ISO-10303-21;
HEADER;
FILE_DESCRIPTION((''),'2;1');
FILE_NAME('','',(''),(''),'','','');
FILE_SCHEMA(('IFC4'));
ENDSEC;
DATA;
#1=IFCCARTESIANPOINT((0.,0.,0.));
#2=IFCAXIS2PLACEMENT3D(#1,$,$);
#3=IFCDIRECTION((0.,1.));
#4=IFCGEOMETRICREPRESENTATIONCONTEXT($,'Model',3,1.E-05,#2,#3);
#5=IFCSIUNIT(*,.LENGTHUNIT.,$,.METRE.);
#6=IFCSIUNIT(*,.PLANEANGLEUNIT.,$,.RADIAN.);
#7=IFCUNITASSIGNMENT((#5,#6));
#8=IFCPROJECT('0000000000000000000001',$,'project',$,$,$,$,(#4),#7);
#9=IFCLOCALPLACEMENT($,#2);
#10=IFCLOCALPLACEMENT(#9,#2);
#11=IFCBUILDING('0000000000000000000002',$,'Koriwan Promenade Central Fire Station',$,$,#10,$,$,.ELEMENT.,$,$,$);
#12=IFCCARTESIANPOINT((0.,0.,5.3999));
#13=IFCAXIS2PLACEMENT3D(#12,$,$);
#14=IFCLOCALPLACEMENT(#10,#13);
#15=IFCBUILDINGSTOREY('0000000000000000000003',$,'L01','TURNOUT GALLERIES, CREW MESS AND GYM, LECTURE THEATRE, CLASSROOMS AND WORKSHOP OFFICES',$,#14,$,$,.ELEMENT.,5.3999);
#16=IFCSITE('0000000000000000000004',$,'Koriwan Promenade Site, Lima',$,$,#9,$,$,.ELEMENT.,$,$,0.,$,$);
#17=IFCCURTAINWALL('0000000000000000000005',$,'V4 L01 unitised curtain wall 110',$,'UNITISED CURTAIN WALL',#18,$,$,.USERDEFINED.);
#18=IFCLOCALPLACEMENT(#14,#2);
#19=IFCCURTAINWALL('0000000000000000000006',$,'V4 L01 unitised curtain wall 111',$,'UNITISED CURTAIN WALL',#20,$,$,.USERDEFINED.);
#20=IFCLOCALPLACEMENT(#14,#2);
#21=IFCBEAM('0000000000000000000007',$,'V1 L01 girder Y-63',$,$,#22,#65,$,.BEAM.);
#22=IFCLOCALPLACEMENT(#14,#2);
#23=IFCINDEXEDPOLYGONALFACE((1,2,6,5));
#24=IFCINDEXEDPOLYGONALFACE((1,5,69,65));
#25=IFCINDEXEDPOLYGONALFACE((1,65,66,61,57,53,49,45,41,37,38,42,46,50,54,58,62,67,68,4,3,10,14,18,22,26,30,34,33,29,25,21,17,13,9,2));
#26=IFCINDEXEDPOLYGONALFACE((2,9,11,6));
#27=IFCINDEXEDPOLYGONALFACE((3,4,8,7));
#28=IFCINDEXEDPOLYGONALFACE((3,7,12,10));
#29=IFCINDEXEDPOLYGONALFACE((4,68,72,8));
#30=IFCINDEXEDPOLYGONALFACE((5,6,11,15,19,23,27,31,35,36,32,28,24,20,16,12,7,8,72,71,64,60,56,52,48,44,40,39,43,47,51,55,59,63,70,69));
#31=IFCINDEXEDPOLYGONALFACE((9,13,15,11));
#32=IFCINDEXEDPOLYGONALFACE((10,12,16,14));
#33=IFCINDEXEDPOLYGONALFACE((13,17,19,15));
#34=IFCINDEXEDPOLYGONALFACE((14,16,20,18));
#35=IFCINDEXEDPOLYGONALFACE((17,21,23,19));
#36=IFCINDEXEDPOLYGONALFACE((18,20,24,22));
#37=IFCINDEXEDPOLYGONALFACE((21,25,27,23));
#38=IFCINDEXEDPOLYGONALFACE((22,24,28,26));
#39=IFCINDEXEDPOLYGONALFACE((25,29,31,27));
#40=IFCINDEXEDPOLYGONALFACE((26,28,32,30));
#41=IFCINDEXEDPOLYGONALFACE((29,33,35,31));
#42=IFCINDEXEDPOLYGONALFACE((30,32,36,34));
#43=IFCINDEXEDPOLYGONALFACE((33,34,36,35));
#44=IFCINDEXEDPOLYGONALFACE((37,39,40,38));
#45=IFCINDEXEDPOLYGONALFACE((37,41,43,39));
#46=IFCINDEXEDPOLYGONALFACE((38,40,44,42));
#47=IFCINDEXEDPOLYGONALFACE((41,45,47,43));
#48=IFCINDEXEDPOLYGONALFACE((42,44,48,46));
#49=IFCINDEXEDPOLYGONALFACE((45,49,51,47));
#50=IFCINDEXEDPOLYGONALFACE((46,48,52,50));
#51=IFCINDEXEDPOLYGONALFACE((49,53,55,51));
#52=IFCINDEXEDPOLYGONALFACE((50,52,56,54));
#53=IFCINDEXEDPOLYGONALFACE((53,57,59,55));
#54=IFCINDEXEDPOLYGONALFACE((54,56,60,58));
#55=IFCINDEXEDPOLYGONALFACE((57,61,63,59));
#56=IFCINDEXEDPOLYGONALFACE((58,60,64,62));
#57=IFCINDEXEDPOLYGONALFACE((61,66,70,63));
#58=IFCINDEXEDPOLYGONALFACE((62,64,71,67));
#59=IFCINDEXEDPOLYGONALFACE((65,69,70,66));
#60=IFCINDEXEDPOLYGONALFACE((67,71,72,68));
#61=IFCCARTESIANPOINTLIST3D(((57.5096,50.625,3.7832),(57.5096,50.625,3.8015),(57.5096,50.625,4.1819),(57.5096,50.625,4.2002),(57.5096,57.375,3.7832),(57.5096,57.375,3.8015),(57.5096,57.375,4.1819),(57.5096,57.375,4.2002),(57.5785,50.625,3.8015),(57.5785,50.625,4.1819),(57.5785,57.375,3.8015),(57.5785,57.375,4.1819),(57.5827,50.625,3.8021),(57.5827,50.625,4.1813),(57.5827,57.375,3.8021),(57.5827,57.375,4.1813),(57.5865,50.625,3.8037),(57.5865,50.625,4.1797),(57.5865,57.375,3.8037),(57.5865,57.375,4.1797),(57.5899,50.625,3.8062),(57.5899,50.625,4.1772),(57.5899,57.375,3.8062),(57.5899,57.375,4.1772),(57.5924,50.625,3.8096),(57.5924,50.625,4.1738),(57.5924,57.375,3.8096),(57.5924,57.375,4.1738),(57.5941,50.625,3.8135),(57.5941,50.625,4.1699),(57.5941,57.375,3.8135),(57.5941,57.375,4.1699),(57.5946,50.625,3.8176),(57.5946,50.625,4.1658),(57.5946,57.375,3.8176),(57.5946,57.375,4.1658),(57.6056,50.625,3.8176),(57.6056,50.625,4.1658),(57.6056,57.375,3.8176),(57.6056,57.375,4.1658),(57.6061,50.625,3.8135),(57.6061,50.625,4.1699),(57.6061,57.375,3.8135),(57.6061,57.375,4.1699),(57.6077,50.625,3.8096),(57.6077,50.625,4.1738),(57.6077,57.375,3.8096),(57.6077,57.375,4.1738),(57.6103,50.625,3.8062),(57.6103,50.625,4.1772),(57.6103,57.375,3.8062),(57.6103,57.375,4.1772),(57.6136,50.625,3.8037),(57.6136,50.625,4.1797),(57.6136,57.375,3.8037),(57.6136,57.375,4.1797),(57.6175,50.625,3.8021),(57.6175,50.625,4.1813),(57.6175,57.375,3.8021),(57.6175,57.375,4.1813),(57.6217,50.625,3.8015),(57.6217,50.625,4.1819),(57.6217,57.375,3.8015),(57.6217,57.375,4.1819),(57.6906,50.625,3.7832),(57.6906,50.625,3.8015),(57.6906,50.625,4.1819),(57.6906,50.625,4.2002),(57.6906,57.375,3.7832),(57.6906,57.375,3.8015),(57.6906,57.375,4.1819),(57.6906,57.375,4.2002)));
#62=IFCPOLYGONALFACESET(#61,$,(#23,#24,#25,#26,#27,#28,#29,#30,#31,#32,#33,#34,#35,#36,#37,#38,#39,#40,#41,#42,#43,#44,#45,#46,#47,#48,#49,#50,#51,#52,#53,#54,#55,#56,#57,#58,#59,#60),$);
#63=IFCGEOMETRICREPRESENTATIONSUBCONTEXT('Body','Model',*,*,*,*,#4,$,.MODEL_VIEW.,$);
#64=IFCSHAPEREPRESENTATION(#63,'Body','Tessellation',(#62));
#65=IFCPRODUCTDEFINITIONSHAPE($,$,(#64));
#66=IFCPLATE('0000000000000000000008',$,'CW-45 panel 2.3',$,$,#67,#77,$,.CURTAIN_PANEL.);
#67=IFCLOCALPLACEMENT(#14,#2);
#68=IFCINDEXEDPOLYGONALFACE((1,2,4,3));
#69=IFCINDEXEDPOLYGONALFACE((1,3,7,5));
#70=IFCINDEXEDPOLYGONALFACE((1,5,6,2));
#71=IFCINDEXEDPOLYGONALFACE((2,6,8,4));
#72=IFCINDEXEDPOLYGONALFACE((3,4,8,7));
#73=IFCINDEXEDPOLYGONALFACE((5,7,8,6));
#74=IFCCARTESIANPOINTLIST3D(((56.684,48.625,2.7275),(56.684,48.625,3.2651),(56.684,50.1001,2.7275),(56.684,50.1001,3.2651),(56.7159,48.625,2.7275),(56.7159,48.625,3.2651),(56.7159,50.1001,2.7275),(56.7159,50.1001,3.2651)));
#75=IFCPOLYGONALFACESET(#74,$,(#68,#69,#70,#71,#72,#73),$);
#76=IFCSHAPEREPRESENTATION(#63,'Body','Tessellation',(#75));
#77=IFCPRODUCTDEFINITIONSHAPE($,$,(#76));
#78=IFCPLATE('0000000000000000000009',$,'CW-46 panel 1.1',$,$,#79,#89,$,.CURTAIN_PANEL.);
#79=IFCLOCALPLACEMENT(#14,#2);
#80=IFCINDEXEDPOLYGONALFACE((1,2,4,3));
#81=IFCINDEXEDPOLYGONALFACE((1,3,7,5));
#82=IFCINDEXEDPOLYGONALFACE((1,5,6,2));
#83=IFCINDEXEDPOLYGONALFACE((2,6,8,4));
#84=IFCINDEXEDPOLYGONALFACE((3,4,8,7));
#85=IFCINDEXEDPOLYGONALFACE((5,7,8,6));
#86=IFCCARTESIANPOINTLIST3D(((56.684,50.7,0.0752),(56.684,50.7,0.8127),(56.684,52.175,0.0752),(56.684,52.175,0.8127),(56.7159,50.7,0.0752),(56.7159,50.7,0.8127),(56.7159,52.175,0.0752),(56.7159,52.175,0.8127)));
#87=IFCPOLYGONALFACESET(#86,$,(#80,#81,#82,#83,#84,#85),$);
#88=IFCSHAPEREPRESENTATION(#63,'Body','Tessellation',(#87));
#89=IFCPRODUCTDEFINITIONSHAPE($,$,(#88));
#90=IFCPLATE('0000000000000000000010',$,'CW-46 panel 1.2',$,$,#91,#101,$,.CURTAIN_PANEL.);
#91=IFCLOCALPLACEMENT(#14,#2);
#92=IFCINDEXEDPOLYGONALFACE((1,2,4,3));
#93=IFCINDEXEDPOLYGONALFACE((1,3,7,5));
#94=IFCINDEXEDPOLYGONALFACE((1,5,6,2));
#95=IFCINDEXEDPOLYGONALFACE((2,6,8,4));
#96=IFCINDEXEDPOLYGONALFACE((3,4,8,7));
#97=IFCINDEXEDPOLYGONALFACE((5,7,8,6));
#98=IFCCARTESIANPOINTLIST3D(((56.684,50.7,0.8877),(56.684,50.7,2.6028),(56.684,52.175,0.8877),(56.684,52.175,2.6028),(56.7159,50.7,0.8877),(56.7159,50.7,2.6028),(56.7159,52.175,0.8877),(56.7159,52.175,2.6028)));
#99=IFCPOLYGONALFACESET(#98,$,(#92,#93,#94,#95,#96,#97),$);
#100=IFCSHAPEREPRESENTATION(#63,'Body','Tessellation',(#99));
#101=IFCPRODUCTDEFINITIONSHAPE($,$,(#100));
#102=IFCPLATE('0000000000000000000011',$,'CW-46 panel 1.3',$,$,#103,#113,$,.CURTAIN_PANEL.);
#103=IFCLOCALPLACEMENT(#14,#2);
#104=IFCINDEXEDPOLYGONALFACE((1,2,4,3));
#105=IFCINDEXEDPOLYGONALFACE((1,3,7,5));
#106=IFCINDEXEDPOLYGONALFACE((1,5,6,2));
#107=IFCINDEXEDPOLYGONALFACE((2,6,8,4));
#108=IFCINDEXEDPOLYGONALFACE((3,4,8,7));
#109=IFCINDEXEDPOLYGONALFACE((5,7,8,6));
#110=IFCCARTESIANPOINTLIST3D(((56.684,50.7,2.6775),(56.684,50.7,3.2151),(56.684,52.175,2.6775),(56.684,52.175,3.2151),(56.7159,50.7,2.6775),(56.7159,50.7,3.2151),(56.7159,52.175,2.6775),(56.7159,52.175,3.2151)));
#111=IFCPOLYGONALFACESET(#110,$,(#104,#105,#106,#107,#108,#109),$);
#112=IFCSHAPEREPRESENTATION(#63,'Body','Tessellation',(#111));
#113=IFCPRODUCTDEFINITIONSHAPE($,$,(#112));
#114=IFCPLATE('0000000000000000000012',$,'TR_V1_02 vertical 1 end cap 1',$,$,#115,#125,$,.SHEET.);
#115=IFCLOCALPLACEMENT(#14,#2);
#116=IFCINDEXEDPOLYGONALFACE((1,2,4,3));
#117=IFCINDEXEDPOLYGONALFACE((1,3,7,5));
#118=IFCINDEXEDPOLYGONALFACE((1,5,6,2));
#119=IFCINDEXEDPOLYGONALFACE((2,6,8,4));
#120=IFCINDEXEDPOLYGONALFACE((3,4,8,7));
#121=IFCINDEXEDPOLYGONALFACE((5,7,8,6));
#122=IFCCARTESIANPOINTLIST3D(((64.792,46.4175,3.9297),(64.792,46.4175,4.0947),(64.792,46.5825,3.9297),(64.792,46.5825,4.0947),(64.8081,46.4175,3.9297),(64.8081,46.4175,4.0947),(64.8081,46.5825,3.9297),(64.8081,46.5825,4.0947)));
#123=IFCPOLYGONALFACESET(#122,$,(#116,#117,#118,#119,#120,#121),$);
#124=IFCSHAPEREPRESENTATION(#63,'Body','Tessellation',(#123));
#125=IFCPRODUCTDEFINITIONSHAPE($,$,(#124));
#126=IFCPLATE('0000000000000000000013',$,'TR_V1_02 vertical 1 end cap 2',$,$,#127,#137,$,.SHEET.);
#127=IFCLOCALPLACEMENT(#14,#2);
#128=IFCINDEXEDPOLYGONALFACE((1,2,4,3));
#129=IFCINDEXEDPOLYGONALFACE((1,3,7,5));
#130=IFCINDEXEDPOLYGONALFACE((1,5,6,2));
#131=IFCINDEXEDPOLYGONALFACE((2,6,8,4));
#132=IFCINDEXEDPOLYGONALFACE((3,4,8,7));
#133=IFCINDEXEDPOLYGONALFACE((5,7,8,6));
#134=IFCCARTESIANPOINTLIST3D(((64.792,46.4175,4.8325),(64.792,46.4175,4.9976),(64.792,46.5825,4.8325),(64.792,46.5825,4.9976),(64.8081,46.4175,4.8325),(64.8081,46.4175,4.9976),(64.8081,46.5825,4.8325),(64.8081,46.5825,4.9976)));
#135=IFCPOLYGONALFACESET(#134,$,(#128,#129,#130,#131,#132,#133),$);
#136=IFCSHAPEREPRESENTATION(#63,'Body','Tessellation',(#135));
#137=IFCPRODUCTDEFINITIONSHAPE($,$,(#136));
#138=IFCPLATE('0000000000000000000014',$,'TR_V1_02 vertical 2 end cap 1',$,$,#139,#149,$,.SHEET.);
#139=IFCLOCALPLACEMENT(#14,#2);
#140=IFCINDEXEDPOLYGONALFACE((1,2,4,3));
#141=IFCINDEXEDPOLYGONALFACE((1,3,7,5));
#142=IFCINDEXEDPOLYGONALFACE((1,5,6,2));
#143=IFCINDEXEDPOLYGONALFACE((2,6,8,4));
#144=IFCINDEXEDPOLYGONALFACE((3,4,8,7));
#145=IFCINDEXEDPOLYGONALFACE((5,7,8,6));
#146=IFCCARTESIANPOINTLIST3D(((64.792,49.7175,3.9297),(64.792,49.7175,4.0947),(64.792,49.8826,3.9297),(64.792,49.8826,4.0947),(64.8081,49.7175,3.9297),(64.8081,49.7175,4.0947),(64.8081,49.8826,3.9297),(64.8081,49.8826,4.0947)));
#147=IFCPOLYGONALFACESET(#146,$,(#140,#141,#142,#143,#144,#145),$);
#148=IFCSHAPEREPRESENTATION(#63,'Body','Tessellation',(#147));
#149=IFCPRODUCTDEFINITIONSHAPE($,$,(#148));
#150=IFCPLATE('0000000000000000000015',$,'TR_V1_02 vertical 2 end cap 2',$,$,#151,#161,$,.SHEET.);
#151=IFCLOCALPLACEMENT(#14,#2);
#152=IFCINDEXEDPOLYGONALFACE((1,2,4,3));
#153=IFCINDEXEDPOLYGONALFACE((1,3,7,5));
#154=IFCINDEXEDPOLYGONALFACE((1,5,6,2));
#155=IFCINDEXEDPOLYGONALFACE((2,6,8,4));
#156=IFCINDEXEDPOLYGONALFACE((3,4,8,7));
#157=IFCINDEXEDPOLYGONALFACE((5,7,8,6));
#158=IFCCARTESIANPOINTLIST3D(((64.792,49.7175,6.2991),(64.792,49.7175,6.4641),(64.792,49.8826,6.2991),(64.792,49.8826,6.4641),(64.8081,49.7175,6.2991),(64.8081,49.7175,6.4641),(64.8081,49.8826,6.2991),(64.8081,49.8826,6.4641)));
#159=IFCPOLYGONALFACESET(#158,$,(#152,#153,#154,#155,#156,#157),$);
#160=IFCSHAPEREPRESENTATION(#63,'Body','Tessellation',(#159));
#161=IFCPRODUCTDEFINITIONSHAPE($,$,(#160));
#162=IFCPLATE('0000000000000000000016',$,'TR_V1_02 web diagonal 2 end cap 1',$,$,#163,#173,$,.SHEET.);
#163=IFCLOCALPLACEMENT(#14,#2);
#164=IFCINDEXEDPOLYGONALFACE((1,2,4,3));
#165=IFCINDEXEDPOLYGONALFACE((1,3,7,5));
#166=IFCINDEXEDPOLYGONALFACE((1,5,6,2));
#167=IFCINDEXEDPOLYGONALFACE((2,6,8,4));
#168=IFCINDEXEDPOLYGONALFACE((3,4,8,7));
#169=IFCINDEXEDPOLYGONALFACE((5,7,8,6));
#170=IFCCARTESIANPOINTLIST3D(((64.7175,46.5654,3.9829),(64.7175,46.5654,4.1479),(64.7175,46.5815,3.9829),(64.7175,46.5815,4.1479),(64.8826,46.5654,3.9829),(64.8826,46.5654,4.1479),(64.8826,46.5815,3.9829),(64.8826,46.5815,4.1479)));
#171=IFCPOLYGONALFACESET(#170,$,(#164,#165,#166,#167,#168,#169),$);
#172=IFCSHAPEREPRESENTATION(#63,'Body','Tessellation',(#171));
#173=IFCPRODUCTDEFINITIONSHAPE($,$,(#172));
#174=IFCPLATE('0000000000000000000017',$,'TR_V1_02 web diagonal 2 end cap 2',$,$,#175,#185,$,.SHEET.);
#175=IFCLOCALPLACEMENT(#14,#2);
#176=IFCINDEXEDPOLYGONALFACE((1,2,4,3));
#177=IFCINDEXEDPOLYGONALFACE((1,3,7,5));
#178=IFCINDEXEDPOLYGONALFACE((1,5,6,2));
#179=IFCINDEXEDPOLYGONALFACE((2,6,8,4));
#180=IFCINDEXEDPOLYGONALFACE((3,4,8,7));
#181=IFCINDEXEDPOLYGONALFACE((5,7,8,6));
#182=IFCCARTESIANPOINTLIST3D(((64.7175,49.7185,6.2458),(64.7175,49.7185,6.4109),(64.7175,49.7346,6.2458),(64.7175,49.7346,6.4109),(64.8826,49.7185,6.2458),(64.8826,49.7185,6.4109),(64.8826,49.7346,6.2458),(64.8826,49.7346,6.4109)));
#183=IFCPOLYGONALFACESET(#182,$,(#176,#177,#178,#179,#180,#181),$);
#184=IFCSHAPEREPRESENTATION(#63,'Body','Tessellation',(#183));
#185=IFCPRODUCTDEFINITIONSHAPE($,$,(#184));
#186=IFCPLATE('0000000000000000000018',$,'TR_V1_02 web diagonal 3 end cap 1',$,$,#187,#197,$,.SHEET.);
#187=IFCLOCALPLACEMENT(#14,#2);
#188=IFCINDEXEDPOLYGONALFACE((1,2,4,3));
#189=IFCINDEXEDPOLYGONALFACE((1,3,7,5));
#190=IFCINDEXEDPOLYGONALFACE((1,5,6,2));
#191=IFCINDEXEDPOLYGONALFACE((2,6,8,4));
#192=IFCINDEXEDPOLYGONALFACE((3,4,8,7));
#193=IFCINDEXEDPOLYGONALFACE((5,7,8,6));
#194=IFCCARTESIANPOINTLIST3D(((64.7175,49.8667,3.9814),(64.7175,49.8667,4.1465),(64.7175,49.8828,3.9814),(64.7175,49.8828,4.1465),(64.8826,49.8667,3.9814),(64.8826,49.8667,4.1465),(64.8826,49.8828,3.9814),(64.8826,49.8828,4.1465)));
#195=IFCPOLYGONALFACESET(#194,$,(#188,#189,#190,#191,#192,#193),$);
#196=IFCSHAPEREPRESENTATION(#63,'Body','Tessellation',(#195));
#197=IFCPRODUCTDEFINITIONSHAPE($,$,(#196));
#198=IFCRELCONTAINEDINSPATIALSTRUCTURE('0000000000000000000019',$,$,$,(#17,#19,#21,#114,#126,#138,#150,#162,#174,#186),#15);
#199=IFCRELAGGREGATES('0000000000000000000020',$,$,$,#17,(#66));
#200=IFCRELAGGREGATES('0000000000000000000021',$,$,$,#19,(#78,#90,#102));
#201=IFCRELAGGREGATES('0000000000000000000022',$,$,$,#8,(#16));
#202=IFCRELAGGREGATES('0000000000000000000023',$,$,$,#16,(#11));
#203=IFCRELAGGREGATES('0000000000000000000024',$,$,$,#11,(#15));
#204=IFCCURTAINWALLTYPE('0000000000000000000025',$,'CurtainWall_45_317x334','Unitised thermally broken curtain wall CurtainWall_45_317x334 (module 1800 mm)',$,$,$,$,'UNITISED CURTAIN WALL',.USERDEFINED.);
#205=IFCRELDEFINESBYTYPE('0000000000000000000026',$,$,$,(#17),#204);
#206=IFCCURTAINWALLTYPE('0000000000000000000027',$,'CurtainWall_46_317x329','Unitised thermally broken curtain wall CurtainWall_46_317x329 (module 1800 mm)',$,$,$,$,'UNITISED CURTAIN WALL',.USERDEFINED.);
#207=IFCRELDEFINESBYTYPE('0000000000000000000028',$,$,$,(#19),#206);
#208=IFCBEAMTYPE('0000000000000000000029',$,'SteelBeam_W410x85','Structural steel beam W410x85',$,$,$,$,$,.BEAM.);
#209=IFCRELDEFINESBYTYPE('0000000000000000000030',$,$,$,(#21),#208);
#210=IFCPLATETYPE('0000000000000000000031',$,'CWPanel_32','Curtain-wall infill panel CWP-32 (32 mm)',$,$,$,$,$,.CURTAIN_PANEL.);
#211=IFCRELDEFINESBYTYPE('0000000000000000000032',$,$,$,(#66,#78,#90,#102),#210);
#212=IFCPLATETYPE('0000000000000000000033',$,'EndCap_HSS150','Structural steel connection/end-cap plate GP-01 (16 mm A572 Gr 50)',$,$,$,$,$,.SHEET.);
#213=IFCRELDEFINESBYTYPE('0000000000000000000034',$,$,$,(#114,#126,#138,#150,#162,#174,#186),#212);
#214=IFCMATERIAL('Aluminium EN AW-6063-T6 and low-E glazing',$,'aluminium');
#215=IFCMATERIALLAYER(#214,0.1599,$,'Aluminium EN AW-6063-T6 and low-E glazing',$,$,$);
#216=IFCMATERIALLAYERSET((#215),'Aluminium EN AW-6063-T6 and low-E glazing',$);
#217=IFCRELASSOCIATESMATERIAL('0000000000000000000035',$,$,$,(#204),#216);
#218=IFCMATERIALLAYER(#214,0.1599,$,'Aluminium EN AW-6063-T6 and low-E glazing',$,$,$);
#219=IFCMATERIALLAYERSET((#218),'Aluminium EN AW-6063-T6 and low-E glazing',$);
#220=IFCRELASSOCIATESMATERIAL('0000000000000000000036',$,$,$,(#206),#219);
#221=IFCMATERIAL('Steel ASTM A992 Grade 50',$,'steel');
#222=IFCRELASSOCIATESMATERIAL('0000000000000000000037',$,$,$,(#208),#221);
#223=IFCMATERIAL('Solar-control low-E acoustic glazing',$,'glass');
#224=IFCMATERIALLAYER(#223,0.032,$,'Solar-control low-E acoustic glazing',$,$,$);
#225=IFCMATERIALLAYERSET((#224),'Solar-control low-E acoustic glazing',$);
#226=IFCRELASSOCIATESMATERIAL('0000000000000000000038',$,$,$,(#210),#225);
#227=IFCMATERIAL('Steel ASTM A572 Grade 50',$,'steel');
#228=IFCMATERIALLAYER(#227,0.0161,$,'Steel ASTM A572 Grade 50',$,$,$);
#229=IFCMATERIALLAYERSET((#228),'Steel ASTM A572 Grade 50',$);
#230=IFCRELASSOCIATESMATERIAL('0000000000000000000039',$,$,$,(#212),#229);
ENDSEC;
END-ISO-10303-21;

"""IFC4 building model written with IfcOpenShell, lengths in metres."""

from ifc_helpers import new_model, si_unit, direction, frame, origin, origin_2d, place, context, subcontext, project, spatial, rectangle, i_section, extrude, material, layer, layer_set, material_profile, profile_set, type_object, element, aggregate, save


model = new_model("IFC4")

# Units and contexts
model_context = context("Model", 3, precision=1e-05, world=origin(), true_north=direction((0.0, 1.0)))
body_context = subcontext(model_context, "Body", "Model", "MODEL_VIEW")
ifc_project = project(units=[si_unit("LENGTHUNIT", "METRE"), si_unit("PLANEANGLEUNIT", "RADIAN")], contexts=[model_context])

# Site, building, storey
site_placement = place(None, origin())
site = spatial("IfcSite", under=ifc_project, at=site_placement, Name="Koriwan Promenade Site, Lima", CompositionType="ELEMENT", RefElevation=0.0)
building_placement = place(site_placement, origin())
building = spatial("IfcBuilding", under=site, at=building_placement, Name="Koriwan Promenade Central Fire Station", CompositionType="ELEMENT")
storey_placement = place(building_placement, frame((0.0, 0.0, 5.3999)))
storey = spatial("IfcBuildingStorey", under=building, at=storey_placement, Name="L01", Description="TURNOUT GALLERIES, CREW MESS AND GYM, LECTURE THEATRE, CLASSROOMS AND WORKSHOP OFFICES", CompositionType="ELEMENT", Elevation=5.3999)

# Curtain wall
ifc_material_1 = material(Name="Aluminium EN AW-6063-T6 and low-E glazing", Category="aluminium")
ifc_layer_1 = layer(ifc_material_1, 0.1599, Name="Aluminium EN AW-6063-T6 and low-E glazing")
ifc_layer_set_1 = layer_set([ifc_layer_1], Name="Aluminium EN AW-6063-T6 and low-E glazing")
curtain_wall_type_1 = type_object("IfcCurtainWallType", Name="CurtainWall_45_317x334", Description="Unitised thermally broken curtain wall CurtainWall_45_317x334 (module 1800 mm)", ElementType="UNITISED CURTAIN WALL", PredefinedType="USERDEFINED", material=ifc_layer_set_1)
curtain_wall_1_placement = place(storey_placement, origin())
curtain_wall_1 = element("IfcCurtainWall", 1, at=curtain_wall_1_placement, inside=storey, type_object=curtain_wall_type_1, Name="V4 L01 unitised curtain wall 110", ObjectType="UNITISED CURTAIN WALL", PredefinedType="USERDEFINED")

# Curtain wall
ifc_layer_2 = layer(ifc_material_1, 0.1599, Name="Aluminium EN AW-6063-T6 and low-E glazing")
ifc_layer_set_2 = layer_set([ifc_layer_2], Name="Aluminium EN AW-6063-T6 and low-E glazing")
curtain_wall_type_2 = type_object("IfcCurtainWallType", Name="CurtainWall_46_317x329", Description="Unitised thermally broken curtain wall CurtainWall_46_317x329 (module 1800 mm)", ElementType="UNITISED CURTAIN WALL", PredefinedType="USERDEFINED", material=ifc_layer_set_2)
curtain_wall_2_placement = place(storey_placement, origin())
curtain_wall_2 = element("IfcCurtainWall", 2, at=curtain_wall_2_placement, inside=storey, type_object=curtain_wall_type_2, Name="V4 L01 unitised curtain wall 111", ObjectType="UNITISED CURTAIN WALL", PredefinedType="USERDEFINED")

# Beam
ifc_material_2 = material(Name="Steel ASTM A992 Grade 50", Category="steel")
ifc_material_profile_1 = material_profile(ifc_material_2, i_section(OverallWidth=0.1809, OverallDepth=0.417, WebThickness=0.011, FlangeThickness=0.0183, FilletRadius=0.0161, at=origin_2d()), Name="W410x85")
ifc_profile_set_1 = profile_set([ifc_material_profile_1], Name="Steel ASTM A992 Grade 50")
beam_type_1 = type_object("IfcBeamType", Name="SteelBeam_W410x85", Description="Structural steel beam W410x85", PredefinedType="BEAM", material=ifc_profile_set_1)
beam_1_placement = place(storey_placement, frame((57.6001, 50.625, 3.9917), z_axis=(0.0, 1.0, 0.0), x_axis=(-1.0, 0.0, 0.0)))
element("IfcBeam", 3, at=beam_1_placement, inside=storey, type_object=beam_type_1, Name="V1 L01 girder Y-63", PredefinedType="BEAM", context=body_context, shape_type="SweptSolid", body=[
    extrude(i_section(OverallWidth=0.1809, OverallDepth=0.417, WebThickness=0.011, FlangeThickness=0.0183, FilletRadius=0.0161, at=origin_2d()), origin(), (0.0, 0.0, 1.0), 6.75),
])

# Plates
ifc_material_3 = material(Name="Solar-control low-E acoustic glazing", Category="glass")
ifc_layer_3 = layer(ifc_material_3, 0.032, Name="Solar-control low-E acoustic glazing")
ifc_layer_set_3 = layer_set([ifc_layer_3], Name="Solar-control low-E acoustic glazing")
plate_type_1 = type_object("IfcPlateType", Name="CWPanel_32", Description="Curtain-wall infill panel CWP-32 (32 mm)", PredefinedType="CURTAIN_PANEL", material=ifc_layer_set_3)
plate_1_placement = place(storey_placement, frame((56.7, 49.3625, 2.7275), z_axis=(0.0, 0.0, 1.0), x_axis=(0.0, 1.0, 0.0)))
plate_1 = element("IfcPlate", 4, at=plate_1_placement, type_object=plate_type_1, Name="CW-45 panel 2.3", PredefinedType="CURTAIN_PANEL", context=body_context, shape_type="SweptSolid", body=[
    extrude(rectangle(XDim=1.4751, YDim=0.032, at=origin_2d()), origin(), (0.0, 0.0, 1.0), 0.5376),
])
aggregate(curtain_wall_1, [plate_1])
plate_2_placement = place(storey_placement, frame((56.7, 51.4375, 0.0752), z_axis=(0.0, 0.0, 1.0), x_axis=(0.0, 1.0, 0.0)))
plate_2 = element("IfcPlate", 5, at=plate_2_placement, type_object=plate_type_1, Name="CW-46 panel 1.1", PredefinedType="CURTAIN_PANEL", context=body_context, shape_type="SweptSolid", body=[
    extrude(rectangle(XDim=1.4751, YDim=0.032, at=origin_2d()), origin(), (0.0, 0.0, 1.0), 0.7375),
])
plate_3_placement = place(storey_placement, frame((56.7, 51.4375, 0.8877), z_axis=(0.0, 0.0, 1.0), x_axis=(0.0, 1.0, 0.0)))
plate_3 = element("IfcPlate", 6, at=plate_3_placement, type_object=plate_type_1, Name="CW-46 panel 1.2", PredefinedType="CURTAIN_PANEL", context=body_context, shape_type="SweptSolid", body=[
    extrude(rectangle(XDim=1.4751, YDim=0.032, at=origin_2d()), origin(), (0.0, 0.0, 1.0), 1.7151),
])
plate_4_placement = place(storey_placement, frame((56.7, 51.4375, 2.6775), z_axis=(0.0, 0.0, 1.0), x_axis=(0.0, 1.0, 0.0)))
plate_4 = element("IfcPlate", 7, at=plate_4_placement, type_object=plate_type_1, Name="CW-46 panel 1.3", PredefinedType="CURTAIN_PANEL", context=body_context, shape_type="SweptSolid", body=[
    extrude(rectangle(XDim=1.4751, YDim=0.032, at=origin_2d()), origin(), (0.0, 0.0, 1.0), 0.5376),
])
aggregate(curtain_wall_2, [plate_2, plate_3, plate_4])

# Plates
ifc_material_4 = material(Name="Steel ASTM A572 Grade 50", Category="steel")
ifc_layer_4 = layer(ifc_material_4, 0.0161, Name="Steel ASTM A572 Grade 50")
ifc_layer_set_4 = layer_set([ifc_layer_4], Name="Steel ASTM A572 Grade 50")
plate_type_2 = type_object("IfcPlateType", Name="EndCap_HSS150", Description="Structural steel connection/end-cap plate GP-01 (16 mm A572 Gr 50)", PredefinedType="SHEET", material=ifc_layer_set_4)
for number, where, z_axis, x_axis, name in (
    (8, (64.8, 46.5, 3.9297), (0.0, 0.0, 1.0), (1.0, 0.0, 0.0), "TR_V1_02 vertical 1 end cap 1"),
    (9, (64.8, 46.5, 4.8325), (0.0, 0.0, 1.0), (1.0, 0.0, 0.0), "TR_V1_02 vertical 1 end cap 2"),
    (10, (64.8, 49.8, 3.9297), (0.0, 0.0, 1.0), (1.0, 0.0, 0.0), "TR_V1_02 vertical 2 end cap 1"),
    (11, (64.8, 49.8, 6.2991), (0.0, 0.0, 1.0), (1.0, 0.0, 0.0), "TR_V1_02 vertical 2 end cap 2"),
    (12, (64.8, 46.5735, 3.9829), (0.0, 0.0, 1.0), (0.0, 1.0, 0.0), "TR_V1_02 web diagonal 2 end cap 1"),
    (13, (64.8, 49.7266, 6.2458), (0.0, 0.0, 1.0), (0.0, 1.0, 0.0), "TR_V1_02 web diagonal 2 end cap 2"),
    (14, (64.8, 49.8748, 3.9814), (0.0, 0.0, 1.0), (0.0, 1.0, 0.0), "TR_V1_02 web diagonal 3 end cap 1"),
):
    element("IfcPlate", number, at=place(storey_placement, frame(where, z_axis=z_axis, x_axis=x_axis)), inside=storey, type_object=plate_type_2, Name=name, PredefinedType="SHEET", context=body_context, shape_type="SweptSolid", body=[
        extrude(rectangle(XDim=0.0161, YDim=0.165, at=origin_2d()), origin(), (0.0, 0.0, 1.0), 0.165),
    ])

save(model, "model.ifc")
